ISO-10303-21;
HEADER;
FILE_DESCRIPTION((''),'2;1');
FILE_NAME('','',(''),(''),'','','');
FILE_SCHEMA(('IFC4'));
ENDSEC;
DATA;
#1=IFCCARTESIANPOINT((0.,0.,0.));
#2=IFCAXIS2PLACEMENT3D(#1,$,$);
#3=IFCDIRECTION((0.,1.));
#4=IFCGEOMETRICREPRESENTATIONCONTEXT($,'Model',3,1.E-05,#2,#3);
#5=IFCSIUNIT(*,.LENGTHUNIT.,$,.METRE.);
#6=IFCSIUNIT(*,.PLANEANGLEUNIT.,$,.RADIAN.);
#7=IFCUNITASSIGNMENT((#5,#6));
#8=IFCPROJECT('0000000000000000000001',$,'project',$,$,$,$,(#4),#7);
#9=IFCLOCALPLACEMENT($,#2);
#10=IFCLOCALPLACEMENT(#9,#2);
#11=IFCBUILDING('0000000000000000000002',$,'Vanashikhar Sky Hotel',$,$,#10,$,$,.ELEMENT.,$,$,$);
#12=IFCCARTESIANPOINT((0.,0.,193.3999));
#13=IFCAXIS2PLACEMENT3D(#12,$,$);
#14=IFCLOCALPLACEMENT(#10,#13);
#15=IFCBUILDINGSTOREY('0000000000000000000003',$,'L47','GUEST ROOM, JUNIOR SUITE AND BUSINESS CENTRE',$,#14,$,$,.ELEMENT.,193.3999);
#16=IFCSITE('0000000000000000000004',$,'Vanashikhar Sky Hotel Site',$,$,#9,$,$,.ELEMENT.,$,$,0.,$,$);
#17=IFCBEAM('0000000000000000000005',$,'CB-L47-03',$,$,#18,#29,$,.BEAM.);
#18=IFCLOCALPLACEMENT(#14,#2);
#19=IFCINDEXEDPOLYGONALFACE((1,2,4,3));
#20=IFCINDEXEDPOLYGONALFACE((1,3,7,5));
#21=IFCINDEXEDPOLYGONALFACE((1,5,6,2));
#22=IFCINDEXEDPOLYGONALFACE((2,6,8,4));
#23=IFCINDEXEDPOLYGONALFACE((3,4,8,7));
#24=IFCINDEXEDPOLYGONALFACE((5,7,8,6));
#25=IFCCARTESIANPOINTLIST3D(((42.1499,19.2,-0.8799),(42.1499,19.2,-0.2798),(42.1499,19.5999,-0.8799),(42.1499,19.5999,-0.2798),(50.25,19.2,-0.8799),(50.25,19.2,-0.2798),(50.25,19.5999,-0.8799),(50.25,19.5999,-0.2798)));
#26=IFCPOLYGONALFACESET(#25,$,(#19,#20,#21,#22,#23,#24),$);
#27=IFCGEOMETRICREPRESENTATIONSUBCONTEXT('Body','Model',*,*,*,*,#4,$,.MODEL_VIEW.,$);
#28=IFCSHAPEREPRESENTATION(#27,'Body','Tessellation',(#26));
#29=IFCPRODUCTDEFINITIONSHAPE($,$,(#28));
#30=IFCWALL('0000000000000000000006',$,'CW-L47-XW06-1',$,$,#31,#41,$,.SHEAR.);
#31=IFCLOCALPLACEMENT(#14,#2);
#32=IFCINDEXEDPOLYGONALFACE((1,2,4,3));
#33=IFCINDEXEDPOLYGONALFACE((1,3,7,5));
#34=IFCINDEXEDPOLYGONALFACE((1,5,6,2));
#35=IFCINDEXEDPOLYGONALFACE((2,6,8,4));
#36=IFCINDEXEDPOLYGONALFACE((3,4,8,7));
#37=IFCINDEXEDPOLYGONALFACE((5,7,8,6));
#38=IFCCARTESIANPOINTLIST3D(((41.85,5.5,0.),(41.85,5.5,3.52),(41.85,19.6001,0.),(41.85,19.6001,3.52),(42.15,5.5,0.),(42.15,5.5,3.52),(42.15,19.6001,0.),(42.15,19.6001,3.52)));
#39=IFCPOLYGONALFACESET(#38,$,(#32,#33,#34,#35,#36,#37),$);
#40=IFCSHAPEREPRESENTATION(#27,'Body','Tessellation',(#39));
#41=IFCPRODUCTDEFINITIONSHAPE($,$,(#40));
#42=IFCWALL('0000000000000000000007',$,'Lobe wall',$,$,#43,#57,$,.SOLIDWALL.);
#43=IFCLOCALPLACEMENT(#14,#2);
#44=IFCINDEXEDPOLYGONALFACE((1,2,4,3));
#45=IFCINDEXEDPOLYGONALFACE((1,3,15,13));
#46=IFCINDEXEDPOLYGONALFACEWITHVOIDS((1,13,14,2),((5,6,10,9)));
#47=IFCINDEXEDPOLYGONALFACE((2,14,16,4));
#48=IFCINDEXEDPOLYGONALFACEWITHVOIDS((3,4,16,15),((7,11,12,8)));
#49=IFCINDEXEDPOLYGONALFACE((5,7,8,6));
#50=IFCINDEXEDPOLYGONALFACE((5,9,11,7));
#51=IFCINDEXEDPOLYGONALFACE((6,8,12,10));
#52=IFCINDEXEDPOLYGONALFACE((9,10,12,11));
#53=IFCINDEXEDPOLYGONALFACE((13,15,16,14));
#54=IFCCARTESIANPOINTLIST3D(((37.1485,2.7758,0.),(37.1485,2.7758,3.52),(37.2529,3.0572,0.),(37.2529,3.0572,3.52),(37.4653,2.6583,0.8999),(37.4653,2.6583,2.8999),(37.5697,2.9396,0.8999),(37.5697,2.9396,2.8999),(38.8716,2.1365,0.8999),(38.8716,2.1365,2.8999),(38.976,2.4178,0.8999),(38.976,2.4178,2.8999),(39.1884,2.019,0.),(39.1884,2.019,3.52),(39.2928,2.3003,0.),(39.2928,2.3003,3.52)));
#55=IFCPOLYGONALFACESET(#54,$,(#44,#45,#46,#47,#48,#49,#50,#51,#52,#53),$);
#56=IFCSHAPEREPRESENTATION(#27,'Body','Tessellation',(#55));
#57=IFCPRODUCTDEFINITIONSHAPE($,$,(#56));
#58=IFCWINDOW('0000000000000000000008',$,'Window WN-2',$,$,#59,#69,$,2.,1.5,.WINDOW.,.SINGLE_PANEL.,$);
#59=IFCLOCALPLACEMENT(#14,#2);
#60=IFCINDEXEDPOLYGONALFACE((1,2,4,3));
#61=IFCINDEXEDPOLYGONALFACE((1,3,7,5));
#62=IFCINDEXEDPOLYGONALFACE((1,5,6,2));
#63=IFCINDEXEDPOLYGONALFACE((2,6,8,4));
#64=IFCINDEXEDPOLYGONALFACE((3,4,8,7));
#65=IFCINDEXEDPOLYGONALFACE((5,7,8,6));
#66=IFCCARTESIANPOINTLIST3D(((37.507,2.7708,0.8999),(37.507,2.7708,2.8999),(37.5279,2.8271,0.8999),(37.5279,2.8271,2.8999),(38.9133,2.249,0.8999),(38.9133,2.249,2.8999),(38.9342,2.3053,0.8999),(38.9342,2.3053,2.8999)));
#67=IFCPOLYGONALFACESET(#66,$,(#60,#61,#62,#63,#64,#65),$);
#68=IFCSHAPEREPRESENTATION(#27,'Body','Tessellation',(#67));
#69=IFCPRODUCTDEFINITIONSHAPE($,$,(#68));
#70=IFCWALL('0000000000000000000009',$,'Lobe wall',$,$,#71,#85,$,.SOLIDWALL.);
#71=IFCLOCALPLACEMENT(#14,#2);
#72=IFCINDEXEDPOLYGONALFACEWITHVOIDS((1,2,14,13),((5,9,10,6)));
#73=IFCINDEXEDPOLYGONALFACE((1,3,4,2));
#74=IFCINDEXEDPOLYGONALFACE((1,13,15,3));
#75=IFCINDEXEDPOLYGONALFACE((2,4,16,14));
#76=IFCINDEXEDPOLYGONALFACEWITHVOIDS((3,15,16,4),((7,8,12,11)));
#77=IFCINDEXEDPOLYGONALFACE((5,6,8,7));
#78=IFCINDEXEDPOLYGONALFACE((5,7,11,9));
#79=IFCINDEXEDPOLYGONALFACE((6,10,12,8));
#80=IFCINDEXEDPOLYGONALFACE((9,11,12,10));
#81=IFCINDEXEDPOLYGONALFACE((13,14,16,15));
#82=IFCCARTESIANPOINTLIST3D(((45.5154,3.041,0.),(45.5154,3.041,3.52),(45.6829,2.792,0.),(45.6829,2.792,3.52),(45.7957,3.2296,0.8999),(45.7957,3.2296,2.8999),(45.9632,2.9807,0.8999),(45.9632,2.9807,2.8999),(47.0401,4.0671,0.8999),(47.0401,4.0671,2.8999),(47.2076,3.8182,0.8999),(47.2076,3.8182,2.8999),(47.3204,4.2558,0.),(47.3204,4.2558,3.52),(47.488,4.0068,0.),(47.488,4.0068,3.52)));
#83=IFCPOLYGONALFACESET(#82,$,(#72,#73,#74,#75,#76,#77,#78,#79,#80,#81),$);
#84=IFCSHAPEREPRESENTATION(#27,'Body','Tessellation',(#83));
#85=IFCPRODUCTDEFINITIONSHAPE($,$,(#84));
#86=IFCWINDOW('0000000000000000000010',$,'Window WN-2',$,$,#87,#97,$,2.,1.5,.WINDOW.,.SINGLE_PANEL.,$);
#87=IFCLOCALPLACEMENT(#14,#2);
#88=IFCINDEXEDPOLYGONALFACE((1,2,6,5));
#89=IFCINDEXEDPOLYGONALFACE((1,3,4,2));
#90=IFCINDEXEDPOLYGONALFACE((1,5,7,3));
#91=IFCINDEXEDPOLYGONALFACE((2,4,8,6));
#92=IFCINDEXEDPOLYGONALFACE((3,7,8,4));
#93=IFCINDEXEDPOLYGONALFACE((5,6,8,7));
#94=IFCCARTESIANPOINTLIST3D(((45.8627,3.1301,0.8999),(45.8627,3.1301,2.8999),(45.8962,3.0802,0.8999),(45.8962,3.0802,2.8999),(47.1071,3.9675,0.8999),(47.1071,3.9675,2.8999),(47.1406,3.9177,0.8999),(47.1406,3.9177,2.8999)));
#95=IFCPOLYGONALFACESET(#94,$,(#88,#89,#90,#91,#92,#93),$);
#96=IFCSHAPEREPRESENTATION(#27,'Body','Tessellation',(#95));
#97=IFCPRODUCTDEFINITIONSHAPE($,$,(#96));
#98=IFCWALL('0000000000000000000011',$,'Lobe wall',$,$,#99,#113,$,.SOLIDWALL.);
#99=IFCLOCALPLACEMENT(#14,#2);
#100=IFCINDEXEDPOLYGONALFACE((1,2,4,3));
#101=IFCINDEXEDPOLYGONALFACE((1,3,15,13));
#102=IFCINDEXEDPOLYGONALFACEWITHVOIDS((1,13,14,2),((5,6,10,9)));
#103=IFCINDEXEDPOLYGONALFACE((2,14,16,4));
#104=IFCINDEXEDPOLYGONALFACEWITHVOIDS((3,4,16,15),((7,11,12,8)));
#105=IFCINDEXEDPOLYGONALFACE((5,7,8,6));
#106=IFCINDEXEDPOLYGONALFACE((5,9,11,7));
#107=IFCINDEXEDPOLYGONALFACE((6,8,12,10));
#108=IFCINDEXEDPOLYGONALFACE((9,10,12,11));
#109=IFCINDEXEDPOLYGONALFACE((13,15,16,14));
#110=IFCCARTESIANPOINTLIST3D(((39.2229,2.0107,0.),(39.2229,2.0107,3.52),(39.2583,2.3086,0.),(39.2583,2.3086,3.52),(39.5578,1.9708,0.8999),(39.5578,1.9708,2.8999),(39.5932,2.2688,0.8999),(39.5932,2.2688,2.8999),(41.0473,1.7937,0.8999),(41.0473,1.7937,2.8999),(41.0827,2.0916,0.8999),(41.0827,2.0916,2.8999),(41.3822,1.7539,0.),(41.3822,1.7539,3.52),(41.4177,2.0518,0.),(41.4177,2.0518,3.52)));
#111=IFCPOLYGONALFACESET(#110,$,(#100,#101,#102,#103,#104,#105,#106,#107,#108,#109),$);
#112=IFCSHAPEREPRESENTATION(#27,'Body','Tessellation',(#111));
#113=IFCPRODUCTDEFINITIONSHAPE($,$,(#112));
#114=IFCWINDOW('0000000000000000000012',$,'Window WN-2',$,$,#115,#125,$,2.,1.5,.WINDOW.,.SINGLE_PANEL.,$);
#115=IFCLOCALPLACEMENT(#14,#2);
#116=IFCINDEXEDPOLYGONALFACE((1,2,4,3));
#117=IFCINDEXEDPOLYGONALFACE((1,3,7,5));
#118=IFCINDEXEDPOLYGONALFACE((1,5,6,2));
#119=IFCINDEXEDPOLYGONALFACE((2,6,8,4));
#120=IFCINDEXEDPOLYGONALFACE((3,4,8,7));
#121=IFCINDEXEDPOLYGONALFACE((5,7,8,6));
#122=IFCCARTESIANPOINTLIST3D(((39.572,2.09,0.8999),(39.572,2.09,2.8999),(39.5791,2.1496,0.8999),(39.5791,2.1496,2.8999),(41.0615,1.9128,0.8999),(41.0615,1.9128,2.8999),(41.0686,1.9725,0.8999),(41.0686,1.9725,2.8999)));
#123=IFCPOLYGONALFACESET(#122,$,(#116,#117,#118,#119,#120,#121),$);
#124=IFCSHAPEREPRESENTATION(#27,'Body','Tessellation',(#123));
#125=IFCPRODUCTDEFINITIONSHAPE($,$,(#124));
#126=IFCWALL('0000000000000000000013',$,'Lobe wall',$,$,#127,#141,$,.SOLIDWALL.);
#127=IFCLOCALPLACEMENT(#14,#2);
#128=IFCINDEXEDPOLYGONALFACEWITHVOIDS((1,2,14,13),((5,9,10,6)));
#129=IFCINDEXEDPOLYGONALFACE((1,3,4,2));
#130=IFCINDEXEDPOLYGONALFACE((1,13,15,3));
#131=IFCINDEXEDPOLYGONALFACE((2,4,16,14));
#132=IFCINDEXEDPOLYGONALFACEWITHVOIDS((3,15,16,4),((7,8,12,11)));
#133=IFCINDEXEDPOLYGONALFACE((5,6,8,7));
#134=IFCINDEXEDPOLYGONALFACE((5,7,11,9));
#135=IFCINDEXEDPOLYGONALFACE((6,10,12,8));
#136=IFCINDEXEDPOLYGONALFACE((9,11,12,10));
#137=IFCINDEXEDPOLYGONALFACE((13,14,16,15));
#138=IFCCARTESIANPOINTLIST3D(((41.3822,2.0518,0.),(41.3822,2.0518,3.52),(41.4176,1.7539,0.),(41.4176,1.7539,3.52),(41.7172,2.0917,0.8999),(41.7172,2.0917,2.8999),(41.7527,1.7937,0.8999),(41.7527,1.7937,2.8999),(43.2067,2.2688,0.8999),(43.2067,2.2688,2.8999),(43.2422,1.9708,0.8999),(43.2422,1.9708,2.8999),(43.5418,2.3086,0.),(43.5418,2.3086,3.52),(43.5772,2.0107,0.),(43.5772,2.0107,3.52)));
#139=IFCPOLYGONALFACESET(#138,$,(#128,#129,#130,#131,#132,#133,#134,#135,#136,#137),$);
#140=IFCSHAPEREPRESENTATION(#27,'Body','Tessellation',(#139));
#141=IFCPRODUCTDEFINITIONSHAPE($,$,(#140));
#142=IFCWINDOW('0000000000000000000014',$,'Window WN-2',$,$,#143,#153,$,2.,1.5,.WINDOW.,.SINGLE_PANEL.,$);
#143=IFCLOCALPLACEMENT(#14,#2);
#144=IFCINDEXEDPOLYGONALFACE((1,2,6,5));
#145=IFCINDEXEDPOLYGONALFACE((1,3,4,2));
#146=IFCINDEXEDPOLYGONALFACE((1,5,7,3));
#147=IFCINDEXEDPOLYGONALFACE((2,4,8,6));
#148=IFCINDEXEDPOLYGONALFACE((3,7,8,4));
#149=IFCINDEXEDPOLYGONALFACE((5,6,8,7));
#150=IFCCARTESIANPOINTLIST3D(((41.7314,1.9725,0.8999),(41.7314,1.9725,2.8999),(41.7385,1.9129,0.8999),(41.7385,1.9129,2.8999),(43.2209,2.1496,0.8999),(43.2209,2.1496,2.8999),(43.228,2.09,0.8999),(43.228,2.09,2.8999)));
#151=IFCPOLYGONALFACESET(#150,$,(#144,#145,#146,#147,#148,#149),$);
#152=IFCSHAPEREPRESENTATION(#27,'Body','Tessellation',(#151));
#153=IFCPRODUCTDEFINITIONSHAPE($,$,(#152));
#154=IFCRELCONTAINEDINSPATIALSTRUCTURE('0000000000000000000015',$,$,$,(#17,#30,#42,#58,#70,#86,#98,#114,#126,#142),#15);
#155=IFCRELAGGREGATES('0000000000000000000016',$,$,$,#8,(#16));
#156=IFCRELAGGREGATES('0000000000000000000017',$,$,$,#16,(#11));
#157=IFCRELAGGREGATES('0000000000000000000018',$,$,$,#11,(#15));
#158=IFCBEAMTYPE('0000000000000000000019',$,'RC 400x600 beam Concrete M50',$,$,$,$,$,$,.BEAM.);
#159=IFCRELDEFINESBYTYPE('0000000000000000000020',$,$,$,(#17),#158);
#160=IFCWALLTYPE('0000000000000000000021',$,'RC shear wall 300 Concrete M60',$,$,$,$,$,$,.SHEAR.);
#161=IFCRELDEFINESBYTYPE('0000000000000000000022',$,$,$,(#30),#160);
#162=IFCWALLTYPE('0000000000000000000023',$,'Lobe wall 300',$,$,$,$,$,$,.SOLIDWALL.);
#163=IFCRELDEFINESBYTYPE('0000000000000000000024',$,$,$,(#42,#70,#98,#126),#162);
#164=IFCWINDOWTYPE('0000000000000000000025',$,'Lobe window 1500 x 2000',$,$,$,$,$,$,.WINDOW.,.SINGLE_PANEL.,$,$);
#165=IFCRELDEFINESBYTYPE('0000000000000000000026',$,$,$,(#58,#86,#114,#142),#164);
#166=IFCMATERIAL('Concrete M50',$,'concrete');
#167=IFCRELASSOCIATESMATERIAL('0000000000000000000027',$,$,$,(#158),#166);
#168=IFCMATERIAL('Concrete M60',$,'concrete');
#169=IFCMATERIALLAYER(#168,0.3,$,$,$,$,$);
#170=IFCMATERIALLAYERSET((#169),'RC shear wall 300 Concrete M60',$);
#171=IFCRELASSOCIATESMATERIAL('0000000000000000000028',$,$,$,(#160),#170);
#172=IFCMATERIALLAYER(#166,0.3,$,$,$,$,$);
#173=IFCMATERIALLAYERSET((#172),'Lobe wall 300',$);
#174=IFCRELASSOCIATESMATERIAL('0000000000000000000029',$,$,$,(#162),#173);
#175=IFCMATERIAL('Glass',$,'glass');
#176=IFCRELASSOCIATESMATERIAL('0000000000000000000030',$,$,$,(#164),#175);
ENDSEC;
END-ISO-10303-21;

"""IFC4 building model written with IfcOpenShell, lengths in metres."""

from ifc_helpers import new_model, si_unit, direction, frame, frame_2d, origin, origin_2d, place, context, subcontext, project, spatial, rectangle, extrude, source, transform, mapped, material, layer, layer_set, material_profile, profile_set, type_object, element, fill, save


model = new_model("IFC4")

# Units and contexts
model_context = context("Model", 3, precision=1e-05, world=origin(), true_north=direction((0.0, 1.0)))
body_context = subcontext(model_context, "Body", "Model", "MODEL_VIEW")
ifc_project = project(units=[si_unit("LENGTHUNIT", "METRE"), si_unit("PLANEANGLEUNIT", "RADIAN")], contexts=[model_context])

# Site, building, storey
site_placement = place(None, origin())
site = spatial("IfcSite", under=ifc_project, at=site_placement, Name="Vanashikhar Sky Hotel Site", CompositionType="ELEMENT", RefElevation=0.0)
building_placement = place(site_placement, origin())
building = spatial("IfcBuilding", under=site, at=building_placement, Name="Vanashikhar Sky Hotel", CompositionType="ELEMENT")
storey_placement = place(building_placement, frame((0.0, 0.0, 193.3999)))
storey = spatial("IfcBuildingStorey", under=building, at=storey_placement, Name="L47", Description="GUEST ROOM, JUNIOR SUITE AND BUSINESS CENTRE", CompositionType="ELEMENT", Elevation=193.3999)

# Beam
ifc_material_1 = material(Name="Concrete M50", Category="concrete")
ifc_material_profile_1 = material_profile(ifc_material_1, rectangle(XDim=0.3999, YDim=0.6001, at=origin_2d()))
ifc_profile_set_1 = profile_set([ifc_material_profile_1], Name="RC 400x600 beam Concrete M50")
beam_type = type_object("IfcBeamType", Name="RC 400x600 beam Concrete M50", PredefinedType="BEAM", material=ifc_profile_set_1)
shared_shape_1 = source(origin(), body_context, "Body", "SweptSolid", [
    extrude(rectangle(XDim=0.3999, YDim=0.6001, at=origin_2d()), origin(), (0.0, 0.0, 1.0), 8.1001),
])
beam_placement = place(storey_placement, frame((42.1499, 19.3999, -0.5798), z_axis=(1.0, 0.0, 0.0), x_axis=(0.0, 1.0, 0.0)))
element("IfcBeam", 1, at=beam_placement, inside=storey, type_object=beam_type, Name="CB-L47-03", PredefinedType="BEAM", context=body_context, shape_type="MappedRepresentation", body=[
    mapped(shared_shape_1, transform((0.0, 0.0, 0.0), scale=1.0)),
])

# Wall
ifc_material_2 = material(Name="Concrete M60", Category="concrete")
ifc_layer_1 = layer(ifc_material_2, 0.3)
ifc_layer_set_1 = layer_set([ifc_layer_1], Name="RC shear wall 300 Concrete M60")
wall_type_1 = type_object("IfcWallType", Name="RC shear wall 300 Concrete M60", PredefinedType="SHEAR", material=ifc_layer_set_1)
shared_shape_2 = source(origin(), body_context, "Body", "SweptSolid", [
    extrude(rectangle(XDim=14.1001, YDim=0.3, at=frame_2d((7.05, 0.0))), origin(), (0.0, 0.0, 1.0), 3.52),
])
wall_1_placement = place(storey_placement, frame((42.0, 5.5, 0.0), z_axis=(0.0, 0.0, 1.0), x_axis=(0.0, 1.0, 0.0)))
element("IfcWall", 2, at=wall_1_placement, inside=storey, type_object=wall_type_1, Name="CW-L47-XW06-1", PredefinedType="SHEAR", context=body_context, shape_type="MappedRepresentation", body=[
    mapped(shared_shape_2, transform((0.0, 0.0, 0.0), scale=1.0)),
])

# Walls, openings, windows
ifc_layer_2 = layer(ifc_material_1, 0.3)
ifc_layer_set_2 = layer_set([ifc_layer_2], Name="Lobe wall 300")
wall_type_2 = type_object("IfcWallType", Name="Lobe wall 300", PredefinedType="SOLIDWALL", material=ifc_layer_set_2)
shared_shape_3 = source(origin(), body_context, "Body", "SweptSolid", [
    extrude(rectangle(XDim=2.1758, YDim=0.3, at=frame_2d((1.0879, 0.0))), origin(), (0.0, 0.0, 1.0), 3.52),
])
wall_2_placement = place(storey_placement, frame((37.2007, 2.9165, 0.0), z_axis=(0.0, 0.0, 1.0), x_axis=(0.937546, -0.347863, 0.0)))
wall_2 = element("IfcWall", 3, at=wall_2_placement, inside=storey, type_object=wall_type_2, Name="Lobe wall", PredefinedType="SOLIDWALL", context=body_context, shape_type="MappedRepresentation", body=[
    mapped(shared_shape_3, transform((0.0, 0.0, 0.0), scale=1.0)),
])
shared_shape_4 = source(origin(), body_context, "Body", "SweptSolid", [
    extrude(rectangle(XDim=1.5, YDim=2.0, at=frame_2d((0.75, 1.0))), frame((0.0, 0.1602, 0.0), z_axis=(0.0, -1.0, 0.0), x_axis=(1.0, 0.0, 0.0)), (0.0, 0.0, 1.0), 0.3201),
])
opening_1_placement = place(wall_2_placement, frame((0.3379, 0.0, 0.8999)))
opening_1 = element("IfcOpeningElement", 4, at=opening_1_placement, cuts=wall_2, PredefinedType="OPENING", context=body_context, shape_type="MappedRepresentation", body=[
    mapped(shared_shape_4, transform((0.0, 0.0, 0.0), scale=1.0)),
])
ifc_material_3 = material(Name="Glass", Category="glass")
window_type = type_object("IfcWindowType", Name="Lobe window 1500 x 2000", PartitioningType="SINGLE_PANEL", PredefinedType="WINDOW", material=ifc_material_3)
shared_shape_5 = source(origin(), body_context, "Body", "SweptSolid", [
    extrude(rectangle(XDim=1.5, YDim=2.0, at=frame_2d((0.75, 1.0))), frame((0.0, 0.03, 0.0), z_axis=(0.0, -1.0, 0.0), x_axis=(1.0, 0.0, 0.0)), (0.0, 0.0, 1.0), 0.0601),
])
window_1_placement = place(opening_1_placement, origin())
window_1 = element("IfcWindow", 5, at=window_1_placement, inside=storey, type_object=window_type, Name="Window WN-2", OverallHeight=2.0, OverallWidth=1.5, PartitioningType="SINGLE_PANEL", PredefinedType="WINDOW", context=body_context, shape_type="MappedRepresentation", body=[
    mapped(shared_shape_5, transform((0.0, 0.0, 0.0), scale=1.0)),
])
fill(opening_1, window_1)
wall_3_placement = place(storey_placement, frame((45.5991, 2.9165, 0.0), z_axis=(0.0, 0.0, 1.0), x_axis=(0.829626, 0.55832, 0.0)))
wall_3 = element("IfcWall", 6, at=wall_3_placement, inside=storey, type_object=wall_type_2, Name="Lobe wall", PredefinedType="SOLIDWALL", context=body_context, shape_type="MappedRepresentation", body=[
    mapped(shared_shape_3, transform((0.0, 0.0, 0.0), scale=1.0)),
])
opening_2_placement = place(wall_3_placement, frame((0.3379, 0.0, 0.8999)))
opening_2 = element("IfcOpeningElement", 7, at=opening_2_placement, cuts=wall_3, PredefinedType="OPENING", context=body_context, shape_type="MappedRepresentation", body=[
    mapped(shared_shape_4, transform((0.0, 0.0, 0.0), scale=1.0)),
])
window_2_placement = place(opening_2_placement, origin())
window_2 = element("IfcWindow", 8, at=window_2_placement, inside=storey, type_object=window_type, Name="Window WN-2", OverallHeight=2.0, OverallWidth=1.5, PartitioningType="SINGLE_PANEL", PredefinedType="WINDOW", context=body_context, shape_type="MappedRepresentation", body=[
    mapped(shared_shape_5, transform((0.0, 0.0, 0.0), scale=1.0)),
])
fill(opening_2, window_2)
shared_shape_6 = source(origin(), body_context, "Body", "SweptSolid", [
    extrude(rectangle(XDim=2.1746, YDim=0.3, at=frame_2d((1.0874, 0.0))), origin(), (0.0, 0.0, 1.0), 3.52),
])
wall_4_placement = place(storey_placement, frame((39.2405, 2.1597, 0.0), z_axis=(0.0, 0.0, 1.0), x_axis=(0.993001, -0.118105, 0.0)))
wall_4 = element("IfcWall", 9, at=wall_4_placement, inside=storey, type_object=wall_type_2, Name="Lobe wall", PredefinedType="SOLIDWALL", context=body_context, shape_type="MappedRepresentation", body=[
    mapped(shared_shape_6, transform((0.0, 0.0, 0.0), scale=1.0)),
])
opening_3_placement = place(wall_4_placement, frame((0.3374, 0.0, 0.8999)))
opening_3 = element("IfcOpeningElement", 10, at=opening_3_placement, cuts=wall_4, PredefinedType="OPENING", context=body_context, shape_type="MappedRepresentation", body=[
    mapped(shared_shape_4, transform((0.0, 0.0, 0.0), scale=1.0)),
])
window_3_placement = place(opening_3_placement, origin())
window_3 = element("IfcWindow", 11, at=window_3_placement, inside=storey, type_object=window_type, Name="Window WN-2", OverallHeight=2.0, OverallWidth=1.5, PartitioningType="SINGLE_PANEL", PredefinedType="WINDOW", context=body_context, shape_type="MappedRepresentation", body=[
    mapped(shared_shape_5, transform((0.0, 0.0, 0.0), scale=1.0)),
])
fill(opening_3, window_3)
shared_shape_7 = source(origin(), body_context, "Body", "SweptSolid", [
    extrude(rectangle(XDim=2.1748, YDim=0.3, at=frame_2d((1.0874, 0.0))), origin(), (0.0, 0.0, 1.0), 3.52),
])
wall_5_placement = place(storey_placement, frame((41.3999, 1.9028, 0.0), z_axis=(0.0, 0.0, 1.0), x_axis=(0.993003, 0.118092, 0.0)))
wall_5 = element("IfcWall", 12, at=wall_5_placement, inside=storey, type_object=wall_type_2, Name="Lobe wall", PredefinedType="SOLIDWALL", context=body_context, shape_type="MappedRepresentation", body=[
    mapped(shared_shape_7, transform((0.0, 0.0, 0.0), scale=1.0)),
])
opening_4_placement = place(wall_5_placement, frame((0.3374, 0.0, 0.8999)))
opening_4 = element("IfcOpeningElement", 13, at=opening_4_placement, cuts=wall_5, PredefinedType="OPENING", context=body_context, shape_type="MappedRepresentation", body=[
    mapped(shared_shape_4, transform((0.0, 0.0, 0.0), scale=1.0)),
])
window_4_placement = place(opening_4_placement, origin())
window_4 = element("IfcWindow", 14, at=window_4_placement, inside=storey, type_object=window_type, Name="Window WN-2", OverallHeight=2.0, OverallWidth=1.5, PartitioningType="SINGLE_PANEL", PredefinedType="WINDOW", context=body_context, shape_type="MappedRepresentation", body=[
    mapped(shared_shape_5, transform((0.0, 0.0, 0.0), scale=1.0)),
])
fill(opening_4, window_4)

save(model, "model.ifc")
